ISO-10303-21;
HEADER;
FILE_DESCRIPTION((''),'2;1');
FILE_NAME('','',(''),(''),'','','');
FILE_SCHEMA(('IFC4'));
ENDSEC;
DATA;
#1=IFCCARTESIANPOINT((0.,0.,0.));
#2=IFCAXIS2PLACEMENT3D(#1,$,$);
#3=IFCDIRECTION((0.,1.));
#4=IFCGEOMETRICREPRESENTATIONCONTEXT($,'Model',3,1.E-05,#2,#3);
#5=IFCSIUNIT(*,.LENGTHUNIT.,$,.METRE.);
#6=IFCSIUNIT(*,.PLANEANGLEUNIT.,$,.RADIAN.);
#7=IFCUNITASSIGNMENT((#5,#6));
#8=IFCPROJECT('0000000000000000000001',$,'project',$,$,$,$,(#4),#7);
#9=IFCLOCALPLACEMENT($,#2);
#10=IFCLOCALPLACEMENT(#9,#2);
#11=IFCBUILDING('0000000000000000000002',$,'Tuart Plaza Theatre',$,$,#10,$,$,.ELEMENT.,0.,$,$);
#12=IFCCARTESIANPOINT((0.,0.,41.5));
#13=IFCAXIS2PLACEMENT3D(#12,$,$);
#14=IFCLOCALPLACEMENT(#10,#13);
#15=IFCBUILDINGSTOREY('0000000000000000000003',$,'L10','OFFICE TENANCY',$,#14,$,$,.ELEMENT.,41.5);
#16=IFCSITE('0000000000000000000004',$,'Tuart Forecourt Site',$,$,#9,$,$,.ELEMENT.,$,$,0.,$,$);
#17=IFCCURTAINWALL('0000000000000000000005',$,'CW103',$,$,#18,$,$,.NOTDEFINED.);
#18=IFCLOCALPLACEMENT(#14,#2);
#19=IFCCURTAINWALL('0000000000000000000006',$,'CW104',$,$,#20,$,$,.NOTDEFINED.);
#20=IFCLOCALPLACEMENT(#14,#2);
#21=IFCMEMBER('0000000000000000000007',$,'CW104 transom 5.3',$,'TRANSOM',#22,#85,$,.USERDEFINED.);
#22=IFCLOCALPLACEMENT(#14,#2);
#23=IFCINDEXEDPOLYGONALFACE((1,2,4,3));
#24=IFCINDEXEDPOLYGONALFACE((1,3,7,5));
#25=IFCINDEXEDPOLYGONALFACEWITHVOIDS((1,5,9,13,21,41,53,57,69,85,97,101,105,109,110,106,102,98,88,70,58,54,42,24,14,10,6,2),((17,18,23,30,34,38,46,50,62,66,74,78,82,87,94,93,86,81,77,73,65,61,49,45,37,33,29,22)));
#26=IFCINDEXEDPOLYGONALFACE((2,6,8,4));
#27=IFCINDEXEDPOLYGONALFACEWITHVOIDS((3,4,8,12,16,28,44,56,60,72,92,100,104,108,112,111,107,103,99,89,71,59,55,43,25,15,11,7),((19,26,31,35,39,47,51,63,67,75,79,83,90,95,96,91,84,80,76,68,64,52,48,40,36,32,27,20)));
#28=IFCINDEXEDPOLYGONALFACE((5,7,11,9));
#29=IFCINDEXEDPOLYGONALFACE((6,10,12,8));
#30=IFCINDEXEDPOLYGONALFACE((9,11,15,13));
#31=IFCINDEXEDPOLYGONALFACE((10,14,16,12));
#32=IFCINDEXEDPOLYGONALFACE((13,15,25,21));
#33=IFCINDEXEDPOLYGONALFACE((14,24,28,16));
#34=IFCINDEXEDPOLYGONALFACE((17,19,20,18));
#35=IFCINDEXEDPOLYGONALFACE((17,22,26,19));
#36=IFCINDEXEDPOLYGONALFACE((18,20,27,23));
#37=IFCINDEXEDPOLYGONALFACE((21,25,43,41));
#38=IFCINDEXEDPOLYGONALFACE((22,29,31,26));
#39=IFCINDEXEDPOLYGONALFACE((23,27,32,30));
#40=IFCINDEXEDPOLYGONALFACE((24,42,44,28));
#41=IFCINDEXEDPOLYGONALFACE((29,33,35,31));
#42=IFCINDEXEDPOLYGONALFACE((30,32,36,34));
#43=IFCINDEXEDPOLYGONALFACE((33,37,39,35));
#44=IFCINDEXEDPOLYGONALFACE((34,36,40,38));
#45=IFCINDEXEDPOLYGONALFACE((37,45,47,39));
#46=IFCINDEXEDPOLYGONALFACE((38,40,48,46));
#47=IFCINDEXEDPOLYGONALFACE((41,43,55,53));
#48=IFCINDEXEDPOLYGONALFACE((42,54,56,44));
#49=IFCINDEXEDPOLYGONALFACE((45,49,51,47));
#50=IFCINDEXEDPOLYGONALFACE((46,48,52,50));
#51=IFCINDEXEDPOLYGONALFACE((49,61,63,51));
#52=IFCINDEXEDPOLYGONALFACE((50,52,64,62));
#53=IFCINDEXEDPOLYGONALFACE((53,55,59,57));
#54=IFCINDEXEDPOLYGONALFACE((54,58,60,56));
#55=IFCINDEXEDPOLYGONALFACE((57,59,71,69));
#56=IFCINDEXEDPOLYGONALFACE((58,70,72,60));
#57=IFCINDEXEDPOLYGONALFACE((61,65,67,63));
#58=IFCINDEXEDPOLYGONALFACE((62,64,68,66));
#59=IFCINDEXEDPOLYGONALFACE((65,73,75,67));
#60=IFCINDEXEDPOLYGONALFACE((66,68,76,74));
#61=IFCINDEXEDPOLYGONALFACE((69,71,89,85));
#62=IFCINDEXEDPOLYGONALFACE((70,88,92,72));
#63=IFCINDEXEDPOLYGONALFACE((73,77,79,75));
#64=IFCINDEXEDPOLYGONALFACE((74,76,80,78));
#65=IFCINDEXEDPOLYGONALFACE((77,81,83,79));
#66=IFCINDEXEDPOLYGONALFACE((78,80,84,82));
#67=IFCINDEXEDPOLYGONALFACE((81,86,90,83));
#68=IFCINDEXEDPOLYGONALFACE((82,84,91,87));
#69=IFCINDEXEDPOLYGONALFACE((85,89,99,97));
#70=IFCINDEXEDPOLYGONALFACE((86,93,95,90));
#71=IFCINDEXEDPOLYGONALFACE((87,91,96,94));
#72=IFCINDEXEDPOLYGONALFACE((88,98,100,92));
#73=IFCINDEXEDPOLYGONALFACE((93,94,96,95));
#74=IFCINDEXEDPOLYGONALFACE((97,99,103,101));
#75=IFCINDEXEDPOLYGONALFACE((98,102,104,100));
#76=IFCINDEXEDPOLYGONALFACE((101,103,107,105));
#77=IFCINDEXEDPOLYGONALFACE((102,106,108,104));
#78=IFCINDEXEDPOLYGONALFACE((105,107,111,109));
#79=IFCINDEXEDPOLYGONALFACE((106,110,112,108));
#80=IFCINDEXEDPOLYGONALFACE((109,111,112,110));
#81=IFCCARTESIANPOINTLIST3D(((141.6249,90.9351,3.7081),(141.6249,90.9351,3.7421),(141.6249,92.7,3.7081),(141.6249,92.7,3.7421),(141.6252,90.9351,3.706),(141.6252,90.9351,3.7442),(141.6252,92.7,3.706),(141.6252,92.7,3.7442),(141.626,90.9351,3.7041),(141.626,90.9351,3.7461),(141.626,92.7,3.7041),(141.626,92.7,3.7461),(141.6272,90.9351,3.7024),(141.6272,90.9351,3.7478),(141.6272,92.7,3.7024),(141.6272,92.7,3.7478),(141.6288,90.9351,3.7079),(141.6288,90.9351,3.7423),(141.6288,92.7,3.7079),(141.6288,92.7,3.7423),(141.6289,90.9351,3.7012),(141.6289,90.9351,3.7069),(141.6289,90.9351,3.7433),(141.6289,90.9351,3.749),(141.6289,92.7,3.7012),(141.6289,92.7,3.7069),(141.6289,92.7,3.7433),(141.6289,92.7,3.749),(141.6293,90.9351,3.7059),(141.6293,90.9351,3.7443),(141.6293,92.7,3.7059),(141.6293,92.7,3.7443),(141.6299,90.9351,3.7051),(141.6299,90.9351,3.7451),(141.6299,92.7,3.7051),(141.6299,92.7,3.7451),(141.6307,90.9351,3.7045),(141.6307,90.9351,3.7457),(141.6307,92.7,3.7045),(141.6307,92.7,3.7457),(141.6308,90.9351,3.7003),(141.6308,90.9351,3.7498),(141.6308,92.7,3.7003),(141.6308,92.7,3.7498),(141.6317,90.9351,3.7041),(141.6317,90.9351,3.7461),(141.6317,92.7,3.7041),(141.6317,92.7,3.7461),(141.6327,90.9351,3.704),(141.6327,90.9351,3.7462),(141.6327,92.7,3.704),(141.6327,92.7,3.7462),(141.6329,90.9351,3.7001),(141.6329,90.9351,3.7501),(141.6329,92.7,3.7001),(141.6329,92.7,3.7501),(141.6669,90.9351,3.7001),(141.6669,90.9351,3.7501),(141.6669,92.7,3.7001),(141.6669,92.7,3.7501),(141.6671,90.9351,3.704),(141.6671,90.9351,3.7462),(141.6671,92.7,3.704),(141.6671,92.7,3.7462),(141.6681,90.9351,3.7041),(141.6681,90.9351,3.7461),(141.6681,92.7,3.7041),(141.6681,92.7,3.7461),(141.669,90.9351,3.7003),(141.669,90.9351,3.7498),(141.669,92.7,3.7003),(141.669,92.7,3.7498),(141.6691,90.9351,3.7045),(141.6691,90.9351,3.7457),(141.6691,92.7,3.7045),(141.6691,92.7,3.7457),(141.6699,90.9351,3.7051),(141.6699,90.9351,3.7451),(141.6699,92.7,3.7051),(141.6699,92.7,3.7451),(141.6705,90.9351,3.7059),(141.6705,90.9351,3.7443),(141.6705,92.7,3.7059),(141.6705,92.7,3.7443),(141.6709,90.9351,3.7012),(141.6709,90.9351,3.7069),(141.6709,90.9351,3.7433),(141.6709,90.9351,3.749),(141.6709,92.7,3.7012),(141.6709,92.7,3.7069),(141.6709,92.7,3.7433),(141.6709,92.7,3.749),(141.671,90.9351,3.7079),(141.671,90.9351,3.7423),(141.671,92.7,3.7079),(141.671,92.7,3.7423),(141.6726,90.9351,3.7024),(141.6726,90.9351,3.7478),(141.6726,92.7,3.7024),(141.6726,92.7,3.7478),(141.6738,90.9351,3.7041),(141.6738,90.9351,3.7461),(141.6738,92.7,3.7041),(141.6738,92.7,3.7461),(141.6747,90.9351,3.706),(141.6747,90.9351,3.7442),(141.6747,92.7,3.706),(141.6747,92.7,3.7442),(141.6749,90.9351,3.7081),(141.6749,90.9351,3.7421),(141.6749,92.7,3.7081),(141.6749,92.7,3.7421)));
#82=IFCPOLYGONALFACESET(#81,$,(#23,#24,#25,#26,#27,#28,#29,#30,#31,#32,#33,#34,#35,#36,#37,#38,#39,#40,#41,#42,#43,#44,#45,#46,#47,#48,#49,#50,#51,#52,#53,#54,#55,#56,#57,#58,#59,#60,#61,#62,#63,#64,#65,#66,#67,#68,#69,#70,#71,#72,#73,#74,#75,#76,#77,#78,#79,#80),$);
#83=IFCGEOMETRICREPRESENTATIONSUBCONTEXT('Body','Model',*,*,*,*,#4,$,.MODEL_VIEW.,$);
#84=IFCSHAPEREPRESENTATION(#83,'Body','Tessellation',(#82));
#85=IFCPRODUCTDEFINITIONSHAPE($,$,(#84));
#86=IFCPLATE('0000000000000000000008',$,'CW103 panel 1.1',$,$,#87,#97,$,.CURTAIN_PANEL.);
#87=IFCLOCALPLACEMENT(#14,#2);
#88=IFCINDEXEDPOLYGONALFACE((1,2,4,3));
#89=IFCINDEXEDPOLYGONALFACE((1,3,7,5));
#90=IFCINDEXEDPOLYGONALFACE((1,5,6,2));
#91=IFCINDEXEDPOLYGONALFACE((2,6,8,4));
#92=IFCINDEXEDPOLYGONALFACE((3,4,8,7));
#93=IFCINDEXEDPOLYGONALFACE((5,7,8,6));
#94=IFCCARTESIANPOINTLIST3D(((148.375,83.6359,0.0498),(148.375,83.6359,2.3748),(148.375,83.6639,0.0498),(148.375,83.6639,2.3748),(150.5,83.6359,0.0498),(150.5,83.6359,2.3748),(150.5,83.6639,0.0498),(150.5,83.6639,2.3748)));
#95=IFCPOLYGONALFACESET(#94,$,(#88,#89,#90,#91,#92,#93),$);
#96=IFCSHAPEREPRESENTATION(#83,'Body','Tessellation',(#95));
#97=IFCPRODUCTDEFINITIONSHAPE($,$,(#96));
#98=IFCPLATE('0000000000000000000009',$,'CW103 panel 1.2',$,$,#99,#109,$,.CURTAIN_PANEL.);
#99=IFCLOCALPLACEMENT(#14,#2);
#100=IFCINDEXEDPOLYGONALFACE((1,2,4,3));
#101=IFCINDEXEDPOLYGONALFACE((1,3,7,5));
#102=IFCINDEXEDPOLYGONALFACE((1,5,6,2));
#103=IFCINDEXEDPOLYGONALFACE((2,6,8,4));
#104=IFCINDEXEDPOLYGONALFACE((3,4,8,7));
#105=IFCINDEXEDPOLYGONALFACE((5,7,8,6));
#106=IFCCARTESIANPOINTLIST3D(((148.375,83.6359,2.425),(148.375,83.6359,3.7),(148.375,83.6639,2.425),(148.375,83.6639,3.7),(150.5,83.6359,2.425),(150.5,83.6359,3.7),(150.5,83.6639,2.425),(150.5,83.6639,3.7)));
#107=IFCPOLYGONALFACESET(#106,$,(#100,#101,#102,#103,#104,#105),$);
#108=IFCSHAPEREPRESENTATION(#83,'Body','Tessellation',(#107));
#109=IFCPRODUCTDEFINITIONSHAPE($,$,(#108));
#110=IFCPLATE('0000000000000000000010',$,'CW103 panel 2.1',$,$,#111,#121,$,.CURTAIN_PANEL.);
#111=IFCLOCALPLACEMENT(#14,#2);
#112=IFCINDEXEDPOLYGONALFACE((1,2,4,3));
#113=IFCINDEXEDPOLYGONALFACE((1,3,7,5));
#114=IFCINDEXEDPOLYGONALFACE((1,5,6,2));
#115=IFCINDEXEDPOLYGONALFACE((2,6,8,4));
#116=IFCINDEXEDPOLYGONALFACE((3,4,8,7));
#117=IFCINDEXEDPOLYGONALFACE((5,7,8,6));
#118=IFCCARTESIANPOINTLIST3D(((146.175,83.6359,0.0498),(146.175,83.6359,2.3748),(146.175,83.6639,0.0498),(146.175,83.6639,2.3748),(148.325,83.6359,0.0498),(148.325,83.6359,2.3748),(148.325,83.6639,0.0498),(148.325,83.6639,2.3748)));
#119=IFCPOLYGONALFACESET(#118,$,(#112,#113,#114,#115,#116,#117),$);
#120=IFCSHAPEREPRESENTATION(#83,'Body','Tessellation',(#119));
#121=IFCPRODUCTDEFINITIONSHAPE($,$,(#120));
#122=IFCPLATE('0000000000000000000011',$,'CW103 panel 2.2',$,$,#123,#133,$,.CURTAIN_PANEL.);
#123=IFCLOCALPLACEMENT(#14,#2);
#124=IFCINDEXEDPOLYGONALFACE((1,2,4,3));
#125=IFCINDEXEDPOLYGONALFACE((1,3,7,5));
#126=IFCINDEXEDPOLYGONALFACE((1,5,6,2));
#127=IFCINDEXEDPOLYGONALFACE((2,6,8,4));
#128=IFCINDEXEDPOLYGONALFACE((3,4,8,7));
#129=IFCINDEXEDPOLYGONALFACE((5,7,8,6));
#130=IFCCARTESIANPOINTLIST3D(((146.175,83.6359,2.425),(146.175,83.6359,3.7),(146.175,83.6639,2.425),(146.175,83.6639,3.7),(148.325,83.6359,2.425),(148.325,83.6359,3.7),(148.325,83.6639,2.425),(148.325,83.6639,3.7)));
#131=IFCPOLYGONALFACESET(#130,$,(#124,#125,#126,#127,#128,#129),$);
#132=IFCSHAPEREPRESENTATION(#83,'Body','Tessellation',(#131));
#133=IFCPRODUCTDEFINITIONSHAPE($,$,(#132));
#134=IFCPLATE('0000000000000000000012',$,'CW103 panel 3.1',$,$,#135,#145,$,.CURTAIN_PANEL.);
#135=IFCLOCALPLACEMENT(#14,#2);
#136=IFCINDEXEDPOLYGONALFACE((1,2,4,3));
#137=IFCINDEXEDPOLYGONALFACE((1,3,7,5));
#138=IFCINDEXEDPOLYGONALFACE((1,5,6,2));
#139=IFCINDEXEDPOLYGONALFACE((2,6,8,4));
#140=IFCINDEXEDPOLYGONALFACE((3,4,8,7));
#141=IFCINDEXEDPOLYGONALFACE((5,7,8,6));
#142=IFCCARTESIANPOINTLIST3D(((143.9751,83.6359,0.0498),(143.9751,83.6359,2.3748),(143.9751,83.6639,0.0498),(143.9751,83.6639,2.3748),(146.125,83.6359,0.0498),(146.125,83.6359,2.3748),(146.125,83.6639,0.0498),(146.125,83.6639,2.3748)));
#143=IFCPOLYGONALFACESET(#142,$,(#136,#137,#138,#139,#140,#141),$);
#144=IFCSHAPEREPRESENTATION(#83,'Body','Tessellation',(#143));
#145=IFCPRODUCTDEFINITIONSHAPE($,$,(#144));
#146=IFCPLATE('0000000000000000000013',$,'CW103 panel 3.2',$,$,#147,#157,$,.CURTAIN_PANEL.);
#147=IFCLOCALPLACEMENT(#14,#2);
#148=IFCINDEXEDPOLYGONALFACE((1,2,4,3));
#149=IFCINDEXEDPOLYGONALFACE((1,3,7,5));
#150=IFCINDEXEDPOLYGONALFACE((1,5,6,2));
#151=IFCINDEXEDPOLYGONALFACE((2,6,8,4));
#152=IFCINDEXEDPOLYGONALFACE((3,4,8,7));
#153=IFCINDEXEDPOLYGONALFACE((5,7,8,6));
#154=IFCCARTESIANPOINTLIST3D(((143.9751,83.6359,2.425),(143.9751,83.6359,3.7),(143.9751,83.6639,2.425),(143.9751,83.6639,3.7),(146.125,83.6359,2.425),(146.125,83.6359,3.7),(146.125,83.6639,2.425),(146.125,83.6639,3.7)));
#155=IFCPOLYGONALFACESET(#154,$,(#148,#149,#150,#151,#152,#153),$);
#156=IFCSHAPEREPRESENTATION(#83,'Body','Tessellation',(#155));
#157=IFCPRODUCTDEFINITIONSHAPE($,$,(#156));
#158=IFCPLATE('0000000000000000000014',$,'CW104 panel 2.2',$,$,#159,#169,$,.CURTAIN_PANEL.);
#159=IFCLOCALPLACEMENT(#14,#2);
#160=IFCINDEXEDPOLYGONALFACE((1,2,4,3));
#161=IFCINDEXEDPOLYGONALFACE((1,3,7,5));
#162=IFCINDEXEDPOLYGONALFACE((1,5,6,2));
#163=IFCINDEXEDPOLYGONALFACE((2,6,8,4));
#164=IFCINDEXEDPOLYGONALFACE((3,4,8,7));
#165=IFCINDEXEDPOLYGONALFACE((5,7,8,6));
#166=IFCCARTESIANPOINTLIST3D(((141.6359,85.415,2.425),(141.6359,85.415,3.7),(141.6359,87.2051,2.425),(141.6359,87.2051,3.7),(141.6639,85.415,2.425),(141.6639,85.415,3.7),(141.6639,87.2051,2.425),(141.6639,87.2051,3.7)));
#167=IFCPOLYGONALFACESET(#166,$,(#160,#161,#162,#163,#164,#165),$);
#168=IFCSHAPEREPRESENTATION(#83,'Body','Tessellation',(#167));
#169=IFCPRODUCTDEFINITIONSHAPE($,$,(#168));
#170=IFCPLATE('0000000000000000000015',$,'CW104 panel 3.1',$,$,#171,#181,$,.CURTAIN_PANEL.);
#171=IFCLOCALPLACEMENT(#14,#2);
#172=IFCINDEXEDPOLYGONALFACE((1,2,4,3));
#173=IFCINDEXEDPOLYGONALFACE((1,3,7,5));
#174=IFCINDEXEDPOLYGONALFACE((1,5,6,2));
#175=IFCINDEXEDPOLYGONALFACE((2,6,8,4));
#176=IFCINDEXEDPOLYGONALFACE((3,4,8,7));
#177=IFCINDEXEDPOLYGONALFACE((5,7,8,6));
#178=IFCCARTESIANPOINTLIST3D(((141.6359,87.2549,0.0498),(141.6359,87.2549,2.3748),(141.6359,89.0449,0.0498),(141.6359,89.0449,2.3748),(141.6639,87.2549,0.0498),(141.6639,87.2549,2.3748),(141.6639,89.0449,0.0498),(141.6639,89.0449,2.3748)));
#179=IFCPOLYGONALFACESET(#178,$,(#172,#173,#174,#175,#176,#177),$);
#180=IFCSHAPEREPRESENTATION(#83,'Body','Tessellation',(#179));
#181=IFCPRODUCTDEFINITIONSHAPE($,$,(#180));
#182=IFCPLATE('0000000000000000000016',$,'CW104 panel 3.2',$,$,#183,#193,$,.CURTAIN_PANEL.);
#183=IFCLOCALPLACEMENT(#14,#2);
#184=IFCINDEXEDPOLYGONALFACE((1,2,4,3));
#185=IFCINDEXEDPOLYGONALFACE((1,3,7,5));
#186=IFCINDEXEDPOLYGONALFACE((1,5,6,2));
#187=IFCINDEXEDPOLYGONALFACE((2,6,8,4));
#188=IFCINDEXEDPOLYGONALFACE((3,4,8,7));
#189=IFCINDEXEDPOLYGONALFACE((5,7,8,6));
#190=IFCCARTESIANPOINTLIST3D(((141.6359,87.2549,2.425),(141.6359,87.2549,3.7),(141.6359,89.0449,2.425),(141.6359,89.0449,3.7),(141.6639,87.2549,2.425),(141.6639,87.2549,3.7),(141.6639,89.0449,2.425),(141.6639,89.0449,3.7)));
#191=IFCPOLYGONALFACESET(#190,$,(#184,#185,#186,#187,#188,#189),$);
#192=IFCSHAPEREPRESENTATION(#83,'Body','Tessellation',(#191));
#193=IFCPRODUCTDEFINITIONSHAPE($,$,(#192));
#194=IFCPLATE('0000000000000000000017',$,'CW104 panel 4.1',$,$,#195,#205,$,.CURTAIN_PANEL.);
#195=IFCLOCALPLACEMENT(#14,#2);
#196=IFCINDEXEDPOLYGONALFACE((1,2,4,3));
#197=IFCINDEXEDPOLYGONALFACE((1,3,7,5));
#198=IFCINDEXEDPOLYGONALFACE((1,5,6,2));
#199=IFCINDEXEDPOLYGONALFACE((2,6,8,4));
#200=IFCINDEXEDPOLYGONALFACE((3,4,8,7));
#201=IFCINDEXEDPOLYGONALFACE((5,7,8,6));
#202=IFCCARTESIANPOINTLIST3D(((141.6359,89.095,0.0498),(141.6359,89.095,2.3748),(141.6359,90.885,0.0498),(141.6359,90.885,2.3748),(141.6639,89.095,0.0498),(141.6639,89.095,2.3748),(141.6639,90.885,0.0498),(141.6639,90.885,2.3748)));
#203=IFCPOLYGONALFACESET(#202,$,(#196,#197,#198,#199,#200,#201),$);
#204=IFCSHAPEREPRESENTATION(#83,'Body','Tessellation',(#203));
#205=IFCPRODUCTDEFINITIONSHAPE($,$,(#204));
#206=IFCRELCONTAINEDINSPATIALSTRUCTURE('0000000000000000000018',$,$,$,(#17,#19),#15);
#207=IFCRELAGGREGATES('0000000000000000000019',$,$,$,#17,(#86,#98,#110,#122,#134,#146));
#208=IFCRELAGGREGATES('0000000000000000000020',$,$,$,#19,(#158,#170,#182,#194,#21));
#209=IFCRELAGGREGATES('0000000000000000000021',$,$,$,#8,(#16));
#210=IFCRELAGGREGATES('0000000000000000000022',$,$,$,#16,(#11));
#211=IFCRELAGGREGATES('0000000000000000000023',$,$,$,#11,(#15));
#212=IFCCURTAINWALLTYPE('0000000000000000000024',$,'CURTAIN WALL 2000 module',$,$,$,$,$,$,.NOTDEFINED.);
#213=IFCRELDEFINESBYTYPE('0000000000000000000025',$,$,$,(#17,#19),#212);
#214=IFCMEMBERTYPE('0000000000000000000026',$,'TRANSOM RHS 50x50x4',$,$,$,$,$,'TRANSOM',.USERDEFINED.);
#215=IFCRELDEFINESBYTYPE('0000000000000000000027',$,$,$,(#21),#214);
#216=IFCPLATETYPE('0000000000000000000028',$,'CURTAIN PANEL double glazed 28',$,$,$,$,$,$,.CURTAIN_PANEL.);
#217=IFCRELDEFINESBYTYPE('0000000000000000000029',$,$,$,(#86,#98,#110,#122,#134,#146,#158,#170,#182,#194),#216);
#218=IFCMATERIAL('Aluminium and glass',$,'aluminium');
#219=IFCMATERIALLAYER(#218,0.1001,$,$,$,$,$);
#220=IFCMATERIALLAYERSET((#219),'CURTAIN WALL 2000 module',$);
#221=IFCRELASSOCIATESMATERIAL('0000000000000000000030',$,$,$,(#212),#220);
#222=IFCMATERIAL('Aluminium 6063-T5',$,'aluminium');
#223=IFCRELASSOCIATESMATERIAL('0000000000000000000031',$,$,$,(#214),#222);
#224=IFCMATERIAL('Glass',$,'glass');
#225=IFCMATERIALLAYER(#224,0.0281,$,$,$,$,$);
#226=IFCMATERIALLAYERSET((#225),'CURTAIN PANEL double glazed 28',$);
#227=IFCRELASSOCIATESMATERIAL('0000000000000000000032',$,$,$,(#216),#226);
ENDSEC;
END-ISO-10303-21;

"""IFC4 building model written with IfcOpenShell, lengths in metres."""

from ifc_helpers import new_model, si_unit, direction, frame, origin, origin_2d, place, context, subcontext, project, spatial, rectangle, hollow_rectangle, extrude, material, layer, layer_set, material_profile, profile_set, type_object, element, aggregate, save


model = new_model("IFC4")

# Units and contexts
model_context = context("Model", 3, precision=1e-05, world=origin(), true_north=direction((0.0, 1.0)))
body_context = subcontext(model_context, "Body", "Model", "MODEL_VIEW")
ifc_project = project(units=[si_unit("LENGTHUNIT", "METRE"), si_unit("PLANEANGLEUNIT", "RADIAN")], contexts=[model_context])

# Site, building, storey
site_placement = place(None, origin())
site = spatial("IfcSite", under=ifc_project, at=site_placement, Name="Tuart Forecourt Site", CompositionType="ELEMENT", RefElevation=0.0)
building_placement = place(site_placement, origin())
building = spatial("IfcBuilding", under=site, at=building_placement, Name="Tuart Plaza Theatre", CompositionType="ELEMENT", ElevationOfRefHeight=0.0)
storey_placement = place(building_placement, frame((0.0, 0.0, 41.5)))
storey = spatial("IfcBuildingStorey", under=building, at=storey_placement, Name="L10", Description="OFFICE TENANCY", CompositionType="ELEMENT", Elevation=41.5)

# Shared definitions
ifc_material_1 = material(Name="Aluminium and glass", Category="aluminium")
ifc_layer_1 = layer(ifc_material_1, 0.1001)
ifc_layer_set_1 = layer_set([ifc_layer_1], Name="CURTAIN WALL 2000 module")
curtain_wall_type = type_object("IfcCurtainWallType", Name="CURTAIN WALL 2000 module", PredefinedType="NOTDEFINED", material=ifc_layer_set_1)

# Curtain walls
curtain_wall_1_placement = place(storey_placement, origin())
curtain_wall_1 = element("IfcCurtainWall", 1, at=curtain_wall_1_placement, inside=storey, type_object=curtain_wall_type, Name="CW103", PredefinedType="NOTDEFINED")
curtain_wall_2_placement = place(storey_placement, origin())
curtain_wall_2 = element("IfcCurtainWall", 2, at=curtain_wall_2_placement, inside=storey, type_object=curtain_wall_type, Name="CW104", PredefinedType="NOTDEFINED")

# Member
ifc_material_2 = material(Name="Aluminium 6063-T5", Category="aluminium")
ifc_material_profile_1 = material_profile(ifc_material_2, hollow_rectangle(XDim=0.05, YDim=0.05, WallThickness=0.0039, InnerFilletRadius=0.0039, OuterFilletRadius=0.0081, at=origin_2d()), Name="RHS 50x50x4")
ifc_profile_set_1 = profile_set([ifc_material_profile_1], Name="Aluminium 6063-T5")
member_type_1 = type_object("IfcMemberType", Name="TRANSOM RHS 50x50x4", ElementType="TRANSOM", PredefinedType="USERDEFINED", material=ifc_profile_set_1)
member_1_placement = place(storey_placement, frame((141.6499, 90.9351, 3.7251), z_axis=(0.0, 1.0, 0.0), x_axis=(-1.0, 0.0, 0.0)))
member_1 = element("IfcMember", 3, at=member_1_placement, type_object=member_type_1, Name="CW104 transom 5.3", ObjectType="TRANSOM", PredefinedType="USERDEFINED", context=body_context, shape_type="SweptSolid", body=[
    extrude(hollow_rectangle(XDim=0.05, YDim=0.05, WallThickness=0.0039, InnerFilletRadius=0.0039, OuterFilletRadius=0.0081, at=origin_2d()), origin(), (0.0, 0.0, 1.0), 1.7649),
])

# Plates
ifc_material_3 = material(Name="Glass", Category="glass")
ifc_layer_2 = layer(ifc_material_3, 0.0281)
ifc_layer_set_2 = layer_set([ifc_layer_2], Name="CURTAIN PANEL double glazed 28")
plate_type = type_object("IfcPlateType", Name="CURTAIN PANEL double glazed 28", PredefinedType="CURTAIN_PANEL", material=ifc_layer_set_2)
plate_1_placement = place(storey_placement, frame((149.4375, 83.6499, 0.0498), z_axis=(0.0, 0.0, 1.0), x_axis=(-1.0, 0.0, 0.0)))
plate_1 = element("IfcPlate", 4, at=plate_1_placement, type_object=plate_type, Name="CW103 panel 1.1", PredefinedType="CURTAIN_PANEL", context=body_context, shape_type="SweptSolid", body=[
    extrude(rectangle(XDim=2.125, YDim=0.0281, at=origin_2d()), origin(), (0.0, 0.0, 1.0), 2.325),
])
plate_2_placement = place(storey_placement, frame((149.4375, 83.6499, 2.425), z_axis=(0.0, 0.0, 1.0), x_axis=(-1.0, 0.0, 0.0)))
plate_2 = element("IfcPlate", 5, at=plate_2_placement, type_object=plate_type, Name="CW103 panel 1.2", PredefinedType="CURTAIN_PANEL", context=body_context, shape_type="SweptSolid", body=[
    extrude(rectangle(XDim=2.125, YDim=0.0281, at=origin_2d()), origin(), (0.0, 0.0, 1.0), 1.2749),
])
plate_3_placement = place(storey_placement, frame((147.25, 83.6499, 0.0498), z_axis=(0.0, 0.0, 1.0), x_axis=(-1.0, 0.0, 0.0)))
plate_3 = element("IfcPlate", 6, at=plate_3_placement, type_object=plate_type, Name="CW103 panel 2.1", PredefinedType="CURTAIN_PANEL", context=body_context, shape_type="SweptSolid", body=[
    extrude(rectangle(XDim=2.1499, YDim=0.0281, at=origin_2d()), origin(), (0.0, 0.0, 1.0), 2.325),
])
plate_4_placement = place(storey_placement, frame((147.25, 83.6499, 2.425), z_axis=(0.0, 0.0, 1.0), x_axis=(-1.0, 0.0, 0.0)))
plate_4 = element("IfcPlate", 7, at=plate_4_placement, type_object=plate_type, Name="CW103 panel 2.2", PredefinedType="CURTAIN_PANEL", context=body_context, shape_type="SweptSolid", body=[
    extrude(rectangle(XDim=2.1499, YDim=0.0281, at=origin_2d()), origin(), (0.0, 0.0, 1.0), 1.2749),
])
plate_5_placement = place(storey_placement, frame((145.05, 83.6499, 0.0498), z_axis=(0.0, 0.0, 1.0), x_axis=(-1.0, 0.0, 0.0)))
plate_5 = element("IfcPlate", 8, at=plate_5_placement, type_object=plate_type, Name="CW103 panel 3.1", PredefinedType="CURTAIN_PANEL", context=body_context, shape_type="SweptSolid", body=[
    extrude(rectangle(XDim=2.1499, YDim=0.0281, at=origin_2d()), origin(), (0.0, 0.0, 1.0), 2.325),
])
plate_6_placement = place(storey_placement, frame((145.05, 83.6499, 2.425), z_axis=(0.0, 0.0, 1.0), x_axis=(-1.0, 0.0, 0.0)))
plate_6 = element("IfcPlate", 9, at=plate_6_placement, type_object=plate_type, Name="CW103 panel 3.2", PredefinedType="CURTAIN_PANEL", context=body_context, shape_type="SweptSolid", body=[
    extrude(rectangle(XDim=2.1499, YDim=0.0281, at=origin_2d()), origin(), (0.0, 0.0, 1.0), 1.2749),
])
aggregate(curtain_wall_1, [plate_1, plate_2, plate_3, plate_4, plate_5, plate_6])
plate_7_placement = place(storey_placement, frame((141.6499, 86.3101, 2.425), z_axis=(0.0, 0.0, 1.0), x_axis=(0.0, 1.0, 0.0)))
plate_7 = element("IfcPlate", 10, at=plate_7_placement, type_object=plate_type, Name="CW104 panel 2.2", PredefinedType="CURTAIN_PANEL", context=body_context, shape_type="SweptSolid", body=[
    extrude(rectangle(XDim=1.79, YDim=0.0281, at=origin_2d()), origin(), (0.0, 0.0, 1.0), 1.2749),
])
plate_8_placement = place(storey_placement, frame((141.6499, 88.1499, 0.0498), z_axis=(0.0, 0.0, 1.0), x_axis=(0.0, 1.0, 0.0)))
plate_8 = element("IfcPlate", 11, at=plate_8_placement, type_object=plate_type, Name="CW104 panel 3.1", PredefinedType="CURTAIN_PANEL", context=body_context, shape_type="SweptSolid", body=[
    extrude(rectangle(XDim=1.79, YDim=0.0281, at=origin_2d()), origin(), (0.0, 0.0, 1.0), 2.325),
])
plate_9_placement = place(storey_placement, frame((141.6499, 88.1499, 2.425), z_axis=(0.0, 0.0, 1.0), x_axis=(0.0, 1.0, 0.0)))
plate_9 = element("IfcPlate", 12, at=plate_9_placement, type_object=plate_type, Name="CW104 panel 3.2", PredefinedType="CURTAIN_PANEL", context=body_context, shape_type="SweptSolid", body=[
    extrude(rectangle(XDim=1.79, YDim=0.0281, at=origin_2d()), origin(), (0.0, 0.0, 1.0), 1.2749),
])
plate_10_placement = place(storey_placement, frame((141.6499, 89.99, 0.0498), z_axis=(0.0, 0.0, 1.0), x_axis=(0.0, 1.0, 0.0)))
plate_10 = element("IfcPlate", 13, at=plate_10_placement, type_object=plate_type, Name="CW104 panel 4.1", PredefinedType="CURTAIN_PANEL", context=body_context, shape_type="SweptSolid", body=[
    extrude(rectangle(XDim=1.79, YDim=0.0281, at=origin_2d()), origin(), (0.0, 0.0, 1.0), 2.325),
])
aggregate(curtain_wall_2, [plate_7, plate_8, plate_9, plate_10, member_1])

save(model, "model.ifc")
